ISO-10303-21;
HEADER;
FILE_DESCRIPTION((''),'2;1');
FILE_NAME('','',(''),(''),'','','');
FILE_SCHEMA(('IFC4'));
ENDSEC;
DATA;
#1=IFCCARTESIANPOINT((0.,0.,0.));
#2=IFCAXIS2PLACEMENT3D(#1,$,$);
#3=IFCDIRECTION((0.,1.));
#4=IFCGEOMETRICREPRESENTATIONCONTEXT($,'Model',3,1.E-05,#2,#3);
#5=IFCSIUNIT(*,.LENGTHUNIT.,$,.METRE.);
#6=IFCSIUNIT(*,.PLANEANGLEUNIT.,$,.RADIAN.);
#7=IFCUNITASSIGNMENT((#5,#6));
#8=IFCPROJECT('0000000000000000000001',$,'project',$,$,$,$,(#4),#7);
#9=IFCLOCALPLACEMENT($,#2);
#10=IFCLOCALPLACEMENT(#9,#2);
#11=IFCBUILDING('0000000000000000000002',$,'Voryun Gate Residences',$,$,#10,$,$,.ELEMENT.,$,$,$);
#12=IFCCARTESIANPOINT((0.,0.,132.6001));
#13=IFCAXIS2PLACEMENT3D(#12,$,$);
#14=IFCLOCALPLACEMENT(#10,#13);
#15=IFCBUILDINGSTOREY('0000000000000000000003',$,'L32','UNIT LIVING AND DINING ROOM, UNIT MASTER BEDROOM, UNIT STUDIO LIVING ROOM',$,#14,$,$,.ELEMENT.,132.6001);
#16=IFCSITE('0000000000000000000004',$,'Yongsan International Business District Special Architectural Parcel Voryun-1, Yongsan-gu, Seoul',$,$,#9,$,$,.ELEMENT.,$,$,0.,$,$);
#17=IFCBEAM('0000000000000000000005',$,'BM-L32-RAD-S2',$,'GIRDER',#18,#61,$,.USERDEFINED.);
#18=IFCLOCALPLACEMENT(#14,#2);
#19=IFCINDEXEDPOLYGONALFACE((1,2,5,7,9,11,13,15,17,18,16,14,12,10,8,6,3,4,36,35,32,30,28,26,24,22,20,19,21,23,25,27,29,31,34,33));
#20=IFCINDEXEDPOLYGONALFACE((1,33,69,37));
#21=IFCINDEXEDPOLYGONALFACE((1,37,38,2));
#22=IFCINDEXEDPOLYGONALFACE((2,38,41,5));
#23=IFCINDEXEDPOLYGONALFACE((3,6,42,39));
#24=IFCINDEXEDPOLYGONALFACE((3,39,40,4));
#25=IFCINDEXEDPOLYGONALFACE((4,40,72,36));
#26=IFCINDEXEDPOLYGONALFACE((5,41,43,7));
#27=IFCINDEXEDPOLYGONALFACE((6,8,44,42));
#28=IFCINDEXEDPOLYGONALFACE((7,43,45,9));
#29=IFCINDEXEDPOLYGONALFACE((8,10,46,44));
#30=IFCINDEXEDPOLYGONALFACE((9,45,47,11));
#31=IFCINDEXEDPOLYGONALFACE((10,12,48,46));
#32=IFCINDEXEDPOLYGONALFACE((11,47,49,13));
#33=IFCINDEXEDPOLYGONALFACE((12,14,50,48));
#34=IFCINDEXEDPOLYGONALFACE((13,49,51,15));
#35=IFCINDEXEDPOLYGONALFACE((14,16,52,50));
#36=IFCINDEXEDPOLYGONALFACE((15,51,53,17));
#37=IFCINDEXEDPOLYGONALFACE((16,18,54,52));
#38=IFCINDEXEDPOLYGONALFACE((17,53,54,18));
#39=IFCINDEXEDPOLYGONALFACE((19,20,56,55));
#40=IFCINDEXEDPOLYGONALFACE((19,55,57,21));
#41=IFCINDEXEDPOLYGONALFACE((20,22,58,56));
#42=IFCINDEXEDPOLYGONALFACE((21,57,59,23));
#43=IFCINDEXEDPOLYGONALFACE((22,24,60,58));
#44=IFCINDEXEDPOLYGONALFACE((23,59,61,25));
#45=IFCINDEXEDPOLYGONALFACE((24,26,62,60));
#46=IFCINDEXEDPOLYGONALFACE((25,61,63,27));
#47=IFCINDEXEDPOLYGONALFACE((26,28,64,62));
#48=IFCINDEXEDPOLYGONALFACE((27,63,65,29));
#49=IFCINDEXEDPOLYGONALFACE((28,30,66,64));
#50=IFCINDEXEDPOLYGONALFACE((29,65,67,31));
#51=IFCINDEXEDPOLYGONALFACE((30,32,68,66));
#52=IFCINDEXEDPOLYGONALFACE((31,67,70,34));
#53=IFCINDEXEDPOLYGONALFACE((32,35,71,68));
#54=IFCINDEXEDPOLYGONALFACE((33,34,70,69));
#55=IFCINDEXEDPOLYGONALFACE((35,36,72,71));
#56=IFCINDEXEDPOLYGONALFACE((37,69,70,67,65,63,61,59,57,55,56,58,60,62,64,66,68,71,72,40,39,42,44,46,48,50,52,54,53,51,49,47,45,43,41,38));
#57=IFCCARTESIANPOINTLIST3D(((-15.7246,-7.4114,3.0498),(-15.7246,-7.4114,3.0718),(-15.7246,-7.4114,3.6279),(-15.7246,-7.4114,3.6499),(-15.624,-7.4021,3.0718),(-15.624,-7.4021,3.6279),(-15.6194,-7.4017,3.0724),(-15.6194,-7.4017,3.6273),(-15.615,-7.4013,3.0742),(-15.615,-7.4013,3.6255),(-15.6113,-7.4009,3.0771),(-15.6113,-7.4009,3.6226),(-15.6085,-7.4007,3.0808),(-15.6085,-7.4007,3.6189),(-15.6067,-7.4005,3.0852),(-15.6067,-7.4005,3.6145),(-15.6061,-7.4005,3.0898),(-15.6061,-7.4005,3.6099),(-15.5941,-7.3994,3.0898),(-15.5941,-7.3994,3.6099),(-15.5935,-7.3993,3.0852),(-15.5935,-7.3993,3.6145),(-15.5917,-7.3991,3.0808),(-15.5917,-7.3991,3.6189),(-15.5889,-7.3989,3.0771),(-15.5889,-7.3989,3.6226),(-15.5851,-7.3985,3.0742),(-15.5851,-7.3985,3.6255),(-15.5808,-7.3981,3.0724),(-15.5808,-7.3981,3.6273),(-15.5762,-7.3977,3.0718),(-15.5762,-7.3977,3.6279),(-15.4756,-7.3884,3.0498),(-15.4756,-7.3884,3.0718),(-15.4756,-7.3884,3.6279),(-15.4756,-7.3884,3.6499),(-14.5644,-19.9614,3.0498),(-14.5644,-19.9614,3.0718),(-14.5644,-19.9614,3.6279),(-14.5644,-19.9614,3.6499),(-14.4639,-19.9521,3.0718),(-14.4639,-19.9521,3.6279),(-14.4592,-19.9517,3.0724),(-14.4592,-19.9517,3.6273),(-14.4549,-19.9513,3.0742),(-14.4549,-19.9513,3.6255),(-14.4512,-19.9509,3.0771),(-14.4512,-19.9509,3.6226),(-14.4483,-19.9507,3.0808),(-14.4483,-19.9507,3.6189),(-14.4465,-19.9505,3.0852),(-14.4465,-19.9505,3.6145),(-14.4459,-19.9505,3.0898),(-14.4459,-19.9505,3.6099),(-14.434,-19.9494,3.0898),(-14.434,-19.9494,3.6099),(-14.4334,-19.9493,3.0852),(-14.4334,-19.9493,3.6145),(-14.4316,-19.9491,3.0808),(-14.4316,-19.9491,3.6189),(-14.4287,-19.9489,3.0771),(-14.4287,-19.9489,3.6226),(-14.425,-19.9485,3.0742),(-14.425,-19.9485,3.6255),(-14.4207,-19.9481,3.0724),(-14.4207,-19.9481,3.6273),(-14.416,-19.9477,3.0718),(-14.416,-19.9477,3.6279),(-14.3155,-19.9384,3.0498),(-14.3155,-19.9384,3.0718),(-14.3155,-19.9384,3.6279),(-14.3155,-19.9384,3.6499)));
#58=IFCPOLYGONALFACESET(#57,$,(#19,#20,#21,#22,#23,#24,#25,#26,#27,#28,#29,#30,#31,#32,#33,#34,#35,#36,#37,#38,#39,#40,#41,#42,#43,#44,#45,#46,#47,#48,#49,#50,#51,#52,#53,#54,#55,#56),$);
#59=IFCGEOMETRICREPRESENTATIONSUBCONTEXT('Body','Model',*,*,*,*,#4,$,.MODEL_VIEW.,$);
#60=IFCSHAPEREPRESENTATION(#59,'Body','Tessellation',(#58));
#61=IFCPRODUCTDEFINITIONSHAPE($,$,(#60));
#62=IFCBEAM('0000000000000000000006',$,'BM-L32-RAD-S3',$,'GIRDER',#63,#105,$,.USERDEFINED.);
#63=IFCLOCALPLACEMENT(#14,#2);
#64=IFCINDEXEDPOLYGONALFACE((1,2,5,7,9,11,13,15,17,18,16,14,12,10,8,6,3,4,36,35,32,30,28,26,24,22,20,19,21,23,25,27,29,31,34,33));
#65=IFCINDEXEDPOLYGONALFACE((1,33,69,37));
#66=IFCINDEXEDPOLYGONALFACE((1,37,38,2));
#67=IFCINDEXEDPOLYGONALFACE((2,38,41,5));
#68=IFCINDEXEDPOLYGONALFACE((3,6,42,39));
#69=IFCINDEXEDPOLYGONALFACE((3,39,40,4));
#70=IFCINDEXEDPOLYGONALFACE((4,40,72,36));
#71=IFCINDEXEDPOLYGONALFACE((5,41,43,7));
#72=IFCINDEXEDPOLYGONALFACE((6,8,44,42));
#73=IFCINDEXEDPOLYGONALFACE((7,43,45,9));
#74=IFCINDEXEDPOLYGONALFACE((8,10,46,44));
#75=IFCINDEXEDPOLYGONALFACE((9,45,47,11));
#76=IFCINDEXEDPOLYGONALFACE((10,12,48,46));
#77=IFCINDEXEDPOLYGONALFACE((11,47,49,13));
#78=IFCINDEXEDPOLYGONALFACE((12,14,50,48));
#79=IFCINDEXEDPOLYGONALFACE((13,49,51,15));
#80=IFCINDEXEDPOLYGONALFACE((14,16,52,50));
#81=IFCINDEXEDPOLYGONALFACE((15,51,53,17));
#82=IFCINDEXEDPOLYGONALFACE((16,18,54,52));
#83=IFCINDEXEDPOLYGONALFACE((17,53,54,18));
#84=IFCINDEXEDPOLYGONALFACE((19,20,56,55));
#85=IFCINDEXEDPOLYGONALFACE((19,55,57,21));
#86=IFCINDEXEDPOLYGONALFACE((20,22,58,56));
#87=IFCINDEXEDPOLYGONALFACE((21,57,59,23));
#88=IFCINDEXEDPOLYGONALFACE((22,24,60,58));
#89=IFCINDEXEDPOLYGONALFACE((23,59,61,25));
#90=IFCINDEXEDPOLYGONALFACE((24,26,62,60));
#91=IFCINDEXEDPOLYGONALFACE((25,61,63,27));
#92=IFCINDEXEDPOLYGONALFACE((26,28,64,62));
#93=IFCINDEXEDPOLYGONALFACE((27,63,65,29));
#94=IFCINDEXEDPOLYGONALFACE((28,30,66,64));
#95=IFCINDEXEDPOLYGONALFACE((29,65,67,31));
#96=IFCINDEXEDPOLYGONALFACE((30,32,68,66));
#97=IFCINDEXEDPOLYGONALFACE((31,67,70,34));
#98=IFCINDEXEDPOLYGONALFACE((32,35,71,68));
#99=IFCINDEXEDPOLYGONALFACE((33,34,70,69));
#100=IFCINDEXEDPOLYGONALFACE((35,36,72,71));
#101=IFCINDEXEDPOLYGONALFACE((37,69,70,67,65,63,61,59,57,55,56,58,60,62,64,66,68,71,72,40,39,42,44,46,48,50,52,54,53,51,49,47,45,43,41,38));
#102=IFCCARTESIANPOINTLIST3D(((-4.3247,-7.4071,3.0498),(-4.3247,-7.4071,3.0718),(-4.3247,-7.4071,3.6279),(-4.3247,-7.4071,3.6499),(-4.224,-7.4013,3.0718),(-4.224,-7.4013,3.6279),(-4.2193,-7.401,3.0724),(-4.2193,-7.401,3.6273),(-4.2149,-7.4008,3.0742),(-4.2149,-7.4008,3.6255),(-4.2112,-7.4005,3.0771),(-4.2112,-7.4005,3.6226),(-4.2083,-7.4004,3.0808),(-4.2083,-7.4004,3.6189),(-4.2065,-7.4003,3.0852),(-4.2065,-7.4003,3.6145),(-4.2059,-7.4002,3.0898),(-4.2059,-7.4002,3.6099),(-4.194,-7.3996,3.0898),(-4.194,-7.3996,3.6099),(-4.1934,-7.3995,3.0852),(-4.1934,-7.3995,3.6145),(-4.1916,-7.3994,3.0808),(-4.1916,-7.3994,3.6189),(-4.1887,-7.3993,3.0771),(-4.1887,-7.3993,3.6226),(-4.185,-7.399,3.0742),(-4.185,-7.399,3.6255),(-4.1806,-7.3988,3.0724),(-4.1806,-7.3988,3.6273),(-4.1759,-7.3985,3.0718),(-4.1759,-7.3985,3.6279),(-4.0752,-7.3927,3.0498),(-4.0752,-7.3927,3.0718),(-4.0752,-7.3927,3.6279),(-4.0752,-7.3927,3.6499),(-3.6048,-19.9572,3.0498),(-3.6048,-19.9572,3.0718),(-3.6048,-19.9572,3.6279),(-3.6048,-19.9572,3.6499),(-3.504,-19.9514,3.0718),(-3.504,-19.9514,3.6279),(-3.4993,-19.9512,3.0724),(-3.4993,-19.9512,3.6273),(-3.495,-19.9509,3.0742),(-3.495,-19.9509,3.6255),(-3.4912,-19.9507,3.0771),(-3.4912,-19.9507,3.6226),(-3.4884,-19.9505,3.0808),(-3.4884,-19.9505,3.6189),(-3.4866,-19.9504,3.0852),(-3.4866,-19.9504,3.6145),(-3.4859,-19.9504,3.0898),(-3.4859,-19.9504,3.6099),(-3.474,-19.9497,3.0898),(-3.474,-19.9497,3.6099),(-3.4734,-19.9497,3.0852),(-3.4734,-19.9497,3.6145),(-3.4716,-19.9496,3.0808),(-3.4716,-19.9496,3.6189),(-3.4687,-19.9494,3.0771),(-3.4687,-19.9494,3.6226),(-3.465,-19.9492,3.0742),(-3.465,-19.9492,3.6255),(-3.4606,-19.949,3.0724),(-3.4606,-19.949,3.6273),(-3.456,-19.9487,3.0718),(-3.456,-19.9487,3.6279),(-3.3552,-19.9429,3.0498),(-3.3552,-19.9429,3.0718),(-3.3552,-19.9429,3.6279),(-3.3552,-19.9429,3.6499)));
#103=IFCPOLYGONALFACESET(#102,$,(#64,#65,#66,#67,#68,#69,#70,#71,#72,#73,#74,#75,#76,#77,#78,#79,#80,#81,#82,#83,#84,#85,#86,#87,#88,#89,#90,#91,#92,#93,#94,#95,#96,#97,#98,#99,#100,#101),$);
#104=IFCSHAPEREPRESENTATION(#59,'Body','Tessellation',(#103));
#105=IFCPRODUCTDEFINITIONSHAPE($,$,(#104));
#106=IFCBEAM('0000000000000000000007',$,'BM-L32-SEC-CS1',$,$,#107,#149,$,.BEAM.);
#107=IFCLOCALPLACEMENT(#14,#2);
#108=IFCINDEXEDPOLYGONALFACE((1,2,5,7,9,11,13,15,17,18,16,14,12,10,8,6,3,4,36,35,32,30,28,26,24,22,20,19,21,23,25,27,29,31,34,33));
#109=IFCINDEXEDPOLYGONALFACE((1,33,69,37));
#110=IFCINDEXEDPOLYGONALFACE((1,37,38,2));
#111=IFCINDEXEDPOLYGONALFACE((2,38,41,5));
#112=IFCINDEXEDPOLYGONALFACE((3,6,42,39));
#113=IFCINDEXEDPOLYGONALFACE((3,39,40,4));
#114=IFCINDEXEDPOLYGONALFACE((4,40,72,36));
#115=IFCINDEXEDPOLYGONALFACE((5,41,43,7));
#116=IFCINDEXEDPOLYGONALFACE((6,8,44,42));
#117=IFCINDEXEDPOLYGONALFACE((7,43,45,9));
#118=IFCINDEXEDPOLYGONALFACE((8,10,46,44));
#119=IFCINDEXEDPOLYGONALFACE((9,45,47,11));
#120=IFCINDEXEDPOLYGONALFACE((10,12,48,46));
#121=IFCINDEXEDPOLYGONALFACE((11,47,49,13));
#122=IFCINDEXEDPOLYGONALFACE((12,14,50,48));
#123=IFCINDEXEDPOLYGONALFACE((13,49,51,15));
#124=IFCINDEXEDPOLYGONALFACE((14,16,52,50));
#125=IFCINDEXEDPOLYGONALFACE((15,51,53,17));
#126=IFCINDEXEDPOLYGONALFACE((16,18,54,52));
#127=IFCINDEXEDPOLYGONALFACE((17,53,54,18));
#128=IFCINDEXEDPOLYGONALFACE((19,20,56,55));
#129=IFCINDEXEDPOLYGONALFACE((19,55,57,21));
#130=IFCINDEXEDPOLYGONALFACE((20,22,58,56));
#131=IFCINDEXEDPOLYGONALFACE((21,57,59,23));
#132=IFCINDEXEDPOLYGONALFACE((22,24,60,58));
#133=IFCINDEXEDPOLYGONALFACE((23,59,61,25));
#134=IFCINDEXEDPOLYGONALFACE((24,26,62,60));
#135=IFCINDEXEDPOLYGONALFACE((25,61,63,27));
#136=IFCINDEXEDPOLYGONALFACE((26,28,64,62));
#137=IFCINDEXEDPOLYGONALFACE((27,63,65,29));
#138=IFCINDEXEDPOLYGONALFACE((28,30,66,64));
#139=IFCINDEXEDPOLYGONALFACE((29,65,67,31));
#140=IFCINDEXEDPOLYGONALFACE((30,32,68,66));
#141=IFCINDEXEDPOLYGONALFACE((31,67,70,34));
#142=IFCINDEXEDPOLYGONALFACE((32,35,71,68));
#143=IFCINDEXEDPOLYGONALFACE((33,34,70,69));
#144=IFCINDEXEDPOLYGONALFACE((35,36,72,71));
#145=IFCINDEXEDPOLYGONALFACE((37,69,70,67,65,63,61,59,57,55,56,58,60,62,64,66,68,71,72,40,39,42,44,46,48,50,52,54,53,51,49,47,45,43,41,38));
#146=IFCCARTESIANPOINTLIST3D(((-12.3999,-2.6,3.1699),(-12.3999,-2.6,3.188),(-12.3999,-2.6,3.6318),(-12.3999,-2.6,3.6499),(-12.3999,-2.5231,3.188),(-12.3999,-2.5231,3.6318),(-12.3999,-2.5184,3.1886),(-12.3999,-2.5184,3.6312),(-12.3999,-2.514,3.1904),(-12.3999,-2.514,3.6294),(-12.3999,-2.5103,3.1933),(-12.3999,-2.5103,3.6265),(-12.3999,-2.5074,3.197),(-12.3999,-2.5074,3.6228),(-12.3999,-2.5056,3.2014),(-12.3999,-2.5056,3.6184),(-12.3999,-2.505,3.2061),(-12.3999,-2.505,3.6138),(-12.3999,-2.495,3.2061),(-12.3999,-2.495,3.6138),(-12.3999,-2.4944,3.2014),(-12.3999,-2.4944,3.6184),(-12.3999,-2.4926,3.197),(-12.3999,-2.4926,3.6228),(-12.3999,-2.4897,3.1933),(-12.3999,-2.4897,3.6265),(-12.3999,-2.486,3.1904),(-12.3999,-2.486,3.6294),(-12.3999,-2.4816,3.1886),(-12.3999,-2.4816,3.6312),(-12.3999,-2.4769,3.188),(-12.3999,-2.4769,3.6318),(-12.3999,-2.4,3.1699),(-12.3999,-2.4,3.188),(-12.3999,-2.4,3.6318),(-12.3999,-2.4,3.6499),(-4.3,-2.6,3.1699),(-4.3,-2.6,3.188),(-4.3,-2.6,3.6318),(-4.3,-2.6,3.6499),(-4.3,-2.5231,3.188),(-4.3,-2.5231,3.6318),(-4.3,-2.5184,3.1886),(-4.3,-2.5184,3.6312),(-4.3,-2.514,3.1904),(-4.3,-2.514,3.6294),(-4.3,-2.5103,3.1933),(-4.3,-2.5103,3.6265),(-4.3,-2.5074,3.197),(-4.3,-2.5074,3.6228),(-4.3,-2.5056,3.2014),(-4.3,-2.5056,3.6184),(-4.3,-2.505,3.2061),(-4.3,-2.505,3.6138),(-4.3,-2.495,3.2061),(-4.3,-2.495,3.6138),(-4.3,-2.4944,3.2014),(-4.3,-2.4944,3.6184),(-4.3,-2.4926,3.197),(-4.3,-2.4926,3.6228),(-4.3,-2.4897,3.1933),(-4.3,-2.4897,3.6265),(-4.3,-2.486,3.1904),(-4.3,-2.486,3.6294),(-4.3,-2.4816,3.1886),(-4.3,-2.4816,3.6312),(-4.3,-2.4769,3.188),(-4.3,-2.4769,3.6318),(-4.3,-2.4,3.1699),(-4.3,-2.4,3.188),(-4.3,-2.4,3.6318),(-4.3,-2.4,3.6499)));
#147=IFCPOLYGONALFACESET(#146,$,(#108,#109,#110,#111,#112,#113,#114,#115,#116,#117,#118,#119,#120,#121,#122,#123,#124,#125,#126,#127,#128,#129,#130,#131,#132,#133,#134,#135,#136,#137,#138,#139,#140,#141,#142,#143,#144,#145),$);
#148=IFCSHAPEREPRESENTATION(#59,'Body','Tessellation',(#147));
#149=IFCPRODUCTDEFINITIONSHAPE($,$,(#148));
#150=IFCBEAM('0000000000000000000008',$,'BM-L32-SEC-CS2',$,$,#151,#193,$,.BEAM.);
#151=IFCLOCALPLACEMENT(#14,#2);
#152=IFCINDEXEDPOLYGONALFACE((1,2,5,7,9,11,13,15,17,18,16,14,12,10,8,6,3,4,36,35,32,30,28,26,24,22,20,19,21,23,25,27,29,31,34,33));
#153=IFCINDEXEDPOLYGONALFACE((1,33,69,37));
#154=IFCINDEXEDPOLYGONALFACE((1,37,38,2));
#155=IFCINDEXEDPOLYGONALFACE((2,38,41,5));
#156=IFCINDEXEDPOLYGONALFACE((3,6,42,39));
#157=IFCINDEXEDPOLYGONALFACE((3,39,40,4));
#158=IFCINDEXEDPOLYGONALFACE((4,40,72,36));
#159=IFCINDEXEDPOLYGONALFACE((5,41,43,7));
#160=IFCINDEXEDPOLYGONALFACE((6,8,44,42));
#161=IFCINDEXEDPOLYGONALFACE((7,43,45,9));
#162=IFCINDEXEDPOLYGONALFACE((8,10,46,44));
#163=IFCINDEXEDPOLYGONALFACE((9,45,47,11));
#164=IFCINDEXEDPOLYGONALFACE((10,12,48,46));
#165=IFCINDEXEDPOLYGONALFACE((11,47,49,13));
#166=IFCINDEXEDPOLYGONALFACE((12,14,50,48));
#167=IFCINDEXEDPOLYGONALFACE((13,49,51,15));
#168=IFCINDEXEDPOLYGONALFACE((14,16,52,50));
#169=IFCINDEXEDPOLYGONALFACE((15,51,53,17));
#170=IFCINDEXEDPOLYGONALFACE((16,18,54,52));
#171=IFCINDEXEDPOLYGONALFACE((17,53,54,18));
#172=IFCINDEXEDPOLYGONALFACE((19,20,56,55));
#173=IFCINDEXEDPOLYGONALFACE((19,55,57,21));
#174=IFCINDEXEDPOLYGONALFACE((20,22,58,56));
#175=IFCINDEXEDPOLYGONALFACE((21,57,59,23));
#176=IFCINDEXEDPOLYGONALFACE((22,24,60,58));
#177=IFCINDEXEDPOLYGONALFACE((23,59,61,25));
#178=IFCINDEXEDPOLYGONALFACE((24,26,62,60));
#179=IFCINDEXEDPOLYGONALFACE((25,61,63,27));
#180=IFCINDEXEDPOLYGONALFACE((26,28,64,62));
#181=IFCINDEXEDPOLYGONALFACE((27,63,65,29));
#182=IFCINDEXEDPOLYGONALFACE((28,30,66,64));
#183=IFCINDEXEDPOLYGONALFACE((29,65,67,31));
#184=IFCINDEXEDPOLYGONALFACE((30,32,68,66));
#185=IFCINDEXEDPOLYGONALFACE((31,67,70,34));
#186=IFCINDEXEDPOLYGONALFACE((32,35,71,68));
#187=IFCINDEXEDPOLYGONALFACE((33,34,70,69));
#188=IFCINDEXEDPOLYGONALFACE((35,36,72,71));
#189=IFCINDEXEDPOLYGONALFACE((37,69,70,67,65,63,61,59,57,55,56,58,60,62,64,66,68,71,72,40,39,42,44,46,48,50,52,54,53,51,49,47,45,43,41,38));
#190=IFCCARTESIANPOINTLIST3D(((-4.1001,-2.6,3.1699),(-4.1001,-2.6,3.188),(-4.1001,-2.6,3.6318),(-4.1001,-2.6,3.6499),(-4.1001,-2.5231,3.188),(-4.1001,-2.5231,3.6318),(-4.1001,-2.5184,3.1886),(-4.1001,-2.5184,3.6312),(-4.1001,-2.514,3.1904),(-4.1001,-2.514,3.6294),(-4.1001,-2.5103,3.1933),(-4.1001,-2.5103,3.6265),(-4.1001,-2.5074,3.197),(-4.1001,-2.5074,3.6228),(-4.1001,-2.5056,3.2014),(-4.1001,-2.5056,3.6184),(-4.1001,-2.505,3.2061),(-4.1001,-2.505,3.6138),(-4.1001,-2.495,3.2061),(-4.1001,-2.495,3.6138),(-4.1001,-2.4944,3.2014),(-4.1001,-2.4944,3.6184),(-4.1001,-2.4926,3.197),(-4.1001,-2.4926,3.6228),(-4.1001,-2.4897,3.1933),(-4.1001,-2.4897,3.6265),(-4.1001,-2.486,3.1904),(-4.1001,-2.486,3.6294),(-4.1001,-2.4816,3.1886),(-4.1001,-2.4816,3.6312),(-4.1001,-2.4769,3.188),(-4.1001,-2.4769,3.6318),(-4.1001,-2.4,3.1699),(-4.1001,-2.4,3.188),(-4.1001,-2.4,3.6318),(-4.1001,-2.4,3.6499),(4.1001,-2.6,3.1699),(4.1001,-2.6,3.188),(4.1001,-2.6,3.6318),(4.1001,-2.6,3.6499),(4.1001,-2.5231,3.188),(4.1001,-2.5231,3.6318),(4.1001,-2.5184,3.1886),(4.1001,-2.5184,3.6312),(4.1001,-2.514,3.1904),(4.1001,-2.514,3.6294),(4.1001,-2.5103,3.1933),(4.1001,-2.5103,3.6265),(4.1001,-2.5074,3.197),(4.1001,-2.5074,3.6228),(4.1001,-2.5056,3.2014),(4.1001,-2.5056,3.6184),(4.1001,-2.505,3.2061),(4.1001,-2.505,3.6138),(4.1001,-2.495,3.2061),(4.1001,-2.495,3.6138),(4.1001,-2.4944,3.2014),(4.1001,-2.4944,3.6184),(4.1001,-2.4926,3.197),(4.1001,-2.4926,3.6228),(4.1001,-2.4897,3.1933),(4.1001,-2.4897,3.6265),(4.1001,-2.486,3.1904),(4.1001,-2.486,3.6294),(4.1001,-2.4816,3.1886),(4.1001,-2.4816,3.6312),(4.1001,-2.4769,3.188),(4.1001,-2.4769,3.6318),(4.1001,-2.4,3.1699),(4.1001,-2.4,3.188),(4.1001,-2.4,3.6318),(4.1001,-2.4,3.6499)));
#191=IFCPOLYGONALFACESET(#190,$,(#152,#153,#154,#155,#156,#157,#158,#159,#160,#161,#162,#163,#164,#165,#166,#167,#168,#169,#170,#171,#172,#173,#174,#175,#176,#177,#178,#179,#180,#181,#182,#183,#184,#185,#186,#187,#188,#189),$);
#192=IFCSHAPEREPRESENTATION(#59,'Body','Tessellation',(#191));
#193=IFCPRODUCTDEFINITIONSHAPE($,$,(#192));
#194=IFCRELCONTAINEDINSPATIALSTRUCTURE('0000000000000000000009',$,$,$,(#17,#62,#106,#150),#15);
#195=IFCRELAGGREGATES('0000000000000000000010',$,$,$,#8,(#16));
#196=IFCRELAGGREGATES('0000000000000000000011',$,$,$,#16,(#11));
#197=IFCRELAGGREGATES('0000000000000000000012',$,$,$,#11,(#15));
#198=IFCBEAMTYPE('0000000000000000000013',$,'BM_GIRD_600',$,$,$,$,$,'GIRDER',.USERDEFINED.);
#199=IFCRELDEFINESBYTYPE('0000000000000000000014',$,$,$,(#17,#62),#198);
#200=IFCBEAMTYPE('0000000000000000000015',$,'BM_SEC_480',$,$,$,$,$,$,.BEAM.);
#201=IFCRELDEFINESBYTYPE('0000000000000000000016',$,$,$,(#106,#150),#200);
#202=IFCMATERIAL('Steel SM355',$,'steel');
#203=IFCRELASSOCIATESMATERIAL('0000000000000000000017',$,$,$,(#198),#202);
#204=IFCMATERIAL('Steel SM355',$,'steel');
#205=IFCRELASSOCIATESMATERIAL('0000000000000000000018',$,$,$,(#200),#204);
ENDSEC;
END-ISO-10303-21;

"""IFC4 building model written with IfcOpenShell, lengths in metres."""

from ifc_helpers import new_model, si_unit, direction, frame, origin, origin_2d, place, context, subcontext, project, spatial, i_section, extrude, material, material_profile, profile_set, type_object, element, save


model = new_model("IFC4")

# Units and contexts
model_context = context("Model", 3, precision=1e-05, world=origin(), true_north=direction((0.0, 1.0)))
body_context = subcontext(model_context, "Body", "Model", "MODEL_VIEW")
ifc_project = project(units=[si_unit("LENGTHUNIT", "METRE"), si_unit("PLANEANGLEUNIT", "RADIAN")], contexts=[model_context])

# Site, building, storey
site_placement = place(None, origin())
site = spatial("IfcSite", under=ifc_project, at=site_placement, Name="Yongsan International Business District Special Architectural Parcel Voryun-1, Yongsan-gu, Seoul", CompositionType="ELEMENT", RefElevation=0.0)
building_placement = place(site_placement, origin())
building = spatial("IfcBuilding", under=site, at=building_placement, Name="Voryun Gate Residences", CompositionType="ELEMENT")
storey_placement = place(building_placement, frame((0.0, 0.0, 132.6001)))
storey = spatial("IfcBuildingStorey", under=building, at=storey_placement, Name="L32", Description="UNIT LIVING AND DINING ROOM, UNIT MASTER BEDROOM, UNIT STUDIO LIVING ROOM", CompositionType="ELEMENT", Elevation=132.6001)

# Beams
ifc_material_1 = material(Name="Steel SM355", Category="steel")
ifc_material_profile_1 = material_profile(ifc_material_1, i_section(OverallWidth=0.25, OverallDepth=0.6001, WebThickness=0.012, FlangeThickness=0.022, FilletRadius=0.0181, at=origin_2d()), Name="H-600x250x12x22")
ifc_profile_set_1 = profile_set([ifc_material_profile_1], Name="Steel SM355")
beam_type_1 = type_object("IfcBeamType", Name="BM_GIRD_600", ElementType="GIRDER", PredefinedType="USERDEFINED", material=ifc_profile_set_1)
beam_1_placement = place(storey_placement, frame((-15.6001, -7.3999, 3.3499), z_axis=(0.09205, -0.995754, 0.0), x_axis=(0.995754, 0.09205, 0.0)))
element("IfcBeam", 1, at=beam_1_placement, inside=storey, type_object=beam_type_1, Name="BM-L32-RAD-S2", ObjectType="GIRDER", PredefinedType="USERDEFINED", context=body_context, shape_type="SweptSolid", body=[
    extrude(i_section(OverallWidth=0.25, OverallDepth=0.6001, WebThickness=0.012, FlangeThickness=0.022, FilletRadius=0.0181, at=origin_2d()), origin(), (0.0, 0.0, 1.0), 12.6035),
])
beam_2_placement = place(storey_placement, frame((-4.2, -7.3999, 3.3499), z_axis=(0.057274, -0.998359, 0.0), x_axis=(0.998359, 0.057274, 0.0)))
element("IfcBeam", 2, at=beam_2_placement, inside=storey, type_object=beam_type_1, Name="BM-L32-RAD-S3", ObjectType="GIRDER", PredefinedType="USERDEFINED", context=body_context, shape_type="SweptSolid", body=[
    extrude(i_section(OverallWidth=0.25, OverallDepth=0.6001, WebThickness=0.012, FlangeThickness=0.022, FilletRadius=0.0181, at=origin_2d()), origin(), (0.0, 0.0, 1.0), 12.5708),
])
ifc_material_2 = material(Name="Steel SM355", Category="steel")
ifc_material_profile_2 = material_profile(ifc_material_2, i_section(OverallWidth=0.2, OverallDepth=0.48, WebThickness=0.01, FlangeThickness=0.0181, FilletRadius=0.0181, at=origin_2d()), Name="H-480x200x10x18")
ifc_profile_set_2 = profile_set([ifc_material_profile_2], Name="Steel SM355")
beam_type_2 = type_object("IfcBeamType", Name="BM_SEC_480", PredefinedType="BEAM", material=ifc_profile_set_2)
beam_3_placement = place(storey_placement, frame((-12.3999, -2.5, 3.4099), z_axis=(1.0, 0.0, 0.0), x_axis=(0.0, 1.0, 0.0)))
element("IfcBeam", 3, at=beam_3_placement, inside=storey, type_object=beam_type_2, Name="BM-L32-SEC-CS1", PredefinedType="BEAM", context=body_context, shape_type="SweptSolid", body=[
    extrude(i_section(OverallWidth=0.2, OverallDepth=0.48, WebThickness=0.01, FlangeThickness=0.0181, FilletRadius=0.0181, at=origin_2d()), origin(), (0.0, 0.0, 1.0), 8.0999),
])
beam_4_placement = place(storey_placement, frame((-4.1001, -2.5, 3.4099), z_axis=(1.0, 0.0, 0.0), x_axis=(0.0, 1.0, 0.0)))
element("IfcBeam", 4, at=beam_4_placement, inside=storey, type_object=beam_type_2, Name="BM-L32-SEC-CS2", PredefinedType="BEAM", context=body_context, shape_type="SweptSolid", body=[
    extrude(i_section(OverallWidth=0.2, OverallDepth=0.48, WebThickness=0.01, FlangeThickness=0.0181, FilletRadius=0.0181, at=origin_2d()), origin(), (0.0, 0.0, 1.0), 8.2002),
])

save(model, "model.ifc")
